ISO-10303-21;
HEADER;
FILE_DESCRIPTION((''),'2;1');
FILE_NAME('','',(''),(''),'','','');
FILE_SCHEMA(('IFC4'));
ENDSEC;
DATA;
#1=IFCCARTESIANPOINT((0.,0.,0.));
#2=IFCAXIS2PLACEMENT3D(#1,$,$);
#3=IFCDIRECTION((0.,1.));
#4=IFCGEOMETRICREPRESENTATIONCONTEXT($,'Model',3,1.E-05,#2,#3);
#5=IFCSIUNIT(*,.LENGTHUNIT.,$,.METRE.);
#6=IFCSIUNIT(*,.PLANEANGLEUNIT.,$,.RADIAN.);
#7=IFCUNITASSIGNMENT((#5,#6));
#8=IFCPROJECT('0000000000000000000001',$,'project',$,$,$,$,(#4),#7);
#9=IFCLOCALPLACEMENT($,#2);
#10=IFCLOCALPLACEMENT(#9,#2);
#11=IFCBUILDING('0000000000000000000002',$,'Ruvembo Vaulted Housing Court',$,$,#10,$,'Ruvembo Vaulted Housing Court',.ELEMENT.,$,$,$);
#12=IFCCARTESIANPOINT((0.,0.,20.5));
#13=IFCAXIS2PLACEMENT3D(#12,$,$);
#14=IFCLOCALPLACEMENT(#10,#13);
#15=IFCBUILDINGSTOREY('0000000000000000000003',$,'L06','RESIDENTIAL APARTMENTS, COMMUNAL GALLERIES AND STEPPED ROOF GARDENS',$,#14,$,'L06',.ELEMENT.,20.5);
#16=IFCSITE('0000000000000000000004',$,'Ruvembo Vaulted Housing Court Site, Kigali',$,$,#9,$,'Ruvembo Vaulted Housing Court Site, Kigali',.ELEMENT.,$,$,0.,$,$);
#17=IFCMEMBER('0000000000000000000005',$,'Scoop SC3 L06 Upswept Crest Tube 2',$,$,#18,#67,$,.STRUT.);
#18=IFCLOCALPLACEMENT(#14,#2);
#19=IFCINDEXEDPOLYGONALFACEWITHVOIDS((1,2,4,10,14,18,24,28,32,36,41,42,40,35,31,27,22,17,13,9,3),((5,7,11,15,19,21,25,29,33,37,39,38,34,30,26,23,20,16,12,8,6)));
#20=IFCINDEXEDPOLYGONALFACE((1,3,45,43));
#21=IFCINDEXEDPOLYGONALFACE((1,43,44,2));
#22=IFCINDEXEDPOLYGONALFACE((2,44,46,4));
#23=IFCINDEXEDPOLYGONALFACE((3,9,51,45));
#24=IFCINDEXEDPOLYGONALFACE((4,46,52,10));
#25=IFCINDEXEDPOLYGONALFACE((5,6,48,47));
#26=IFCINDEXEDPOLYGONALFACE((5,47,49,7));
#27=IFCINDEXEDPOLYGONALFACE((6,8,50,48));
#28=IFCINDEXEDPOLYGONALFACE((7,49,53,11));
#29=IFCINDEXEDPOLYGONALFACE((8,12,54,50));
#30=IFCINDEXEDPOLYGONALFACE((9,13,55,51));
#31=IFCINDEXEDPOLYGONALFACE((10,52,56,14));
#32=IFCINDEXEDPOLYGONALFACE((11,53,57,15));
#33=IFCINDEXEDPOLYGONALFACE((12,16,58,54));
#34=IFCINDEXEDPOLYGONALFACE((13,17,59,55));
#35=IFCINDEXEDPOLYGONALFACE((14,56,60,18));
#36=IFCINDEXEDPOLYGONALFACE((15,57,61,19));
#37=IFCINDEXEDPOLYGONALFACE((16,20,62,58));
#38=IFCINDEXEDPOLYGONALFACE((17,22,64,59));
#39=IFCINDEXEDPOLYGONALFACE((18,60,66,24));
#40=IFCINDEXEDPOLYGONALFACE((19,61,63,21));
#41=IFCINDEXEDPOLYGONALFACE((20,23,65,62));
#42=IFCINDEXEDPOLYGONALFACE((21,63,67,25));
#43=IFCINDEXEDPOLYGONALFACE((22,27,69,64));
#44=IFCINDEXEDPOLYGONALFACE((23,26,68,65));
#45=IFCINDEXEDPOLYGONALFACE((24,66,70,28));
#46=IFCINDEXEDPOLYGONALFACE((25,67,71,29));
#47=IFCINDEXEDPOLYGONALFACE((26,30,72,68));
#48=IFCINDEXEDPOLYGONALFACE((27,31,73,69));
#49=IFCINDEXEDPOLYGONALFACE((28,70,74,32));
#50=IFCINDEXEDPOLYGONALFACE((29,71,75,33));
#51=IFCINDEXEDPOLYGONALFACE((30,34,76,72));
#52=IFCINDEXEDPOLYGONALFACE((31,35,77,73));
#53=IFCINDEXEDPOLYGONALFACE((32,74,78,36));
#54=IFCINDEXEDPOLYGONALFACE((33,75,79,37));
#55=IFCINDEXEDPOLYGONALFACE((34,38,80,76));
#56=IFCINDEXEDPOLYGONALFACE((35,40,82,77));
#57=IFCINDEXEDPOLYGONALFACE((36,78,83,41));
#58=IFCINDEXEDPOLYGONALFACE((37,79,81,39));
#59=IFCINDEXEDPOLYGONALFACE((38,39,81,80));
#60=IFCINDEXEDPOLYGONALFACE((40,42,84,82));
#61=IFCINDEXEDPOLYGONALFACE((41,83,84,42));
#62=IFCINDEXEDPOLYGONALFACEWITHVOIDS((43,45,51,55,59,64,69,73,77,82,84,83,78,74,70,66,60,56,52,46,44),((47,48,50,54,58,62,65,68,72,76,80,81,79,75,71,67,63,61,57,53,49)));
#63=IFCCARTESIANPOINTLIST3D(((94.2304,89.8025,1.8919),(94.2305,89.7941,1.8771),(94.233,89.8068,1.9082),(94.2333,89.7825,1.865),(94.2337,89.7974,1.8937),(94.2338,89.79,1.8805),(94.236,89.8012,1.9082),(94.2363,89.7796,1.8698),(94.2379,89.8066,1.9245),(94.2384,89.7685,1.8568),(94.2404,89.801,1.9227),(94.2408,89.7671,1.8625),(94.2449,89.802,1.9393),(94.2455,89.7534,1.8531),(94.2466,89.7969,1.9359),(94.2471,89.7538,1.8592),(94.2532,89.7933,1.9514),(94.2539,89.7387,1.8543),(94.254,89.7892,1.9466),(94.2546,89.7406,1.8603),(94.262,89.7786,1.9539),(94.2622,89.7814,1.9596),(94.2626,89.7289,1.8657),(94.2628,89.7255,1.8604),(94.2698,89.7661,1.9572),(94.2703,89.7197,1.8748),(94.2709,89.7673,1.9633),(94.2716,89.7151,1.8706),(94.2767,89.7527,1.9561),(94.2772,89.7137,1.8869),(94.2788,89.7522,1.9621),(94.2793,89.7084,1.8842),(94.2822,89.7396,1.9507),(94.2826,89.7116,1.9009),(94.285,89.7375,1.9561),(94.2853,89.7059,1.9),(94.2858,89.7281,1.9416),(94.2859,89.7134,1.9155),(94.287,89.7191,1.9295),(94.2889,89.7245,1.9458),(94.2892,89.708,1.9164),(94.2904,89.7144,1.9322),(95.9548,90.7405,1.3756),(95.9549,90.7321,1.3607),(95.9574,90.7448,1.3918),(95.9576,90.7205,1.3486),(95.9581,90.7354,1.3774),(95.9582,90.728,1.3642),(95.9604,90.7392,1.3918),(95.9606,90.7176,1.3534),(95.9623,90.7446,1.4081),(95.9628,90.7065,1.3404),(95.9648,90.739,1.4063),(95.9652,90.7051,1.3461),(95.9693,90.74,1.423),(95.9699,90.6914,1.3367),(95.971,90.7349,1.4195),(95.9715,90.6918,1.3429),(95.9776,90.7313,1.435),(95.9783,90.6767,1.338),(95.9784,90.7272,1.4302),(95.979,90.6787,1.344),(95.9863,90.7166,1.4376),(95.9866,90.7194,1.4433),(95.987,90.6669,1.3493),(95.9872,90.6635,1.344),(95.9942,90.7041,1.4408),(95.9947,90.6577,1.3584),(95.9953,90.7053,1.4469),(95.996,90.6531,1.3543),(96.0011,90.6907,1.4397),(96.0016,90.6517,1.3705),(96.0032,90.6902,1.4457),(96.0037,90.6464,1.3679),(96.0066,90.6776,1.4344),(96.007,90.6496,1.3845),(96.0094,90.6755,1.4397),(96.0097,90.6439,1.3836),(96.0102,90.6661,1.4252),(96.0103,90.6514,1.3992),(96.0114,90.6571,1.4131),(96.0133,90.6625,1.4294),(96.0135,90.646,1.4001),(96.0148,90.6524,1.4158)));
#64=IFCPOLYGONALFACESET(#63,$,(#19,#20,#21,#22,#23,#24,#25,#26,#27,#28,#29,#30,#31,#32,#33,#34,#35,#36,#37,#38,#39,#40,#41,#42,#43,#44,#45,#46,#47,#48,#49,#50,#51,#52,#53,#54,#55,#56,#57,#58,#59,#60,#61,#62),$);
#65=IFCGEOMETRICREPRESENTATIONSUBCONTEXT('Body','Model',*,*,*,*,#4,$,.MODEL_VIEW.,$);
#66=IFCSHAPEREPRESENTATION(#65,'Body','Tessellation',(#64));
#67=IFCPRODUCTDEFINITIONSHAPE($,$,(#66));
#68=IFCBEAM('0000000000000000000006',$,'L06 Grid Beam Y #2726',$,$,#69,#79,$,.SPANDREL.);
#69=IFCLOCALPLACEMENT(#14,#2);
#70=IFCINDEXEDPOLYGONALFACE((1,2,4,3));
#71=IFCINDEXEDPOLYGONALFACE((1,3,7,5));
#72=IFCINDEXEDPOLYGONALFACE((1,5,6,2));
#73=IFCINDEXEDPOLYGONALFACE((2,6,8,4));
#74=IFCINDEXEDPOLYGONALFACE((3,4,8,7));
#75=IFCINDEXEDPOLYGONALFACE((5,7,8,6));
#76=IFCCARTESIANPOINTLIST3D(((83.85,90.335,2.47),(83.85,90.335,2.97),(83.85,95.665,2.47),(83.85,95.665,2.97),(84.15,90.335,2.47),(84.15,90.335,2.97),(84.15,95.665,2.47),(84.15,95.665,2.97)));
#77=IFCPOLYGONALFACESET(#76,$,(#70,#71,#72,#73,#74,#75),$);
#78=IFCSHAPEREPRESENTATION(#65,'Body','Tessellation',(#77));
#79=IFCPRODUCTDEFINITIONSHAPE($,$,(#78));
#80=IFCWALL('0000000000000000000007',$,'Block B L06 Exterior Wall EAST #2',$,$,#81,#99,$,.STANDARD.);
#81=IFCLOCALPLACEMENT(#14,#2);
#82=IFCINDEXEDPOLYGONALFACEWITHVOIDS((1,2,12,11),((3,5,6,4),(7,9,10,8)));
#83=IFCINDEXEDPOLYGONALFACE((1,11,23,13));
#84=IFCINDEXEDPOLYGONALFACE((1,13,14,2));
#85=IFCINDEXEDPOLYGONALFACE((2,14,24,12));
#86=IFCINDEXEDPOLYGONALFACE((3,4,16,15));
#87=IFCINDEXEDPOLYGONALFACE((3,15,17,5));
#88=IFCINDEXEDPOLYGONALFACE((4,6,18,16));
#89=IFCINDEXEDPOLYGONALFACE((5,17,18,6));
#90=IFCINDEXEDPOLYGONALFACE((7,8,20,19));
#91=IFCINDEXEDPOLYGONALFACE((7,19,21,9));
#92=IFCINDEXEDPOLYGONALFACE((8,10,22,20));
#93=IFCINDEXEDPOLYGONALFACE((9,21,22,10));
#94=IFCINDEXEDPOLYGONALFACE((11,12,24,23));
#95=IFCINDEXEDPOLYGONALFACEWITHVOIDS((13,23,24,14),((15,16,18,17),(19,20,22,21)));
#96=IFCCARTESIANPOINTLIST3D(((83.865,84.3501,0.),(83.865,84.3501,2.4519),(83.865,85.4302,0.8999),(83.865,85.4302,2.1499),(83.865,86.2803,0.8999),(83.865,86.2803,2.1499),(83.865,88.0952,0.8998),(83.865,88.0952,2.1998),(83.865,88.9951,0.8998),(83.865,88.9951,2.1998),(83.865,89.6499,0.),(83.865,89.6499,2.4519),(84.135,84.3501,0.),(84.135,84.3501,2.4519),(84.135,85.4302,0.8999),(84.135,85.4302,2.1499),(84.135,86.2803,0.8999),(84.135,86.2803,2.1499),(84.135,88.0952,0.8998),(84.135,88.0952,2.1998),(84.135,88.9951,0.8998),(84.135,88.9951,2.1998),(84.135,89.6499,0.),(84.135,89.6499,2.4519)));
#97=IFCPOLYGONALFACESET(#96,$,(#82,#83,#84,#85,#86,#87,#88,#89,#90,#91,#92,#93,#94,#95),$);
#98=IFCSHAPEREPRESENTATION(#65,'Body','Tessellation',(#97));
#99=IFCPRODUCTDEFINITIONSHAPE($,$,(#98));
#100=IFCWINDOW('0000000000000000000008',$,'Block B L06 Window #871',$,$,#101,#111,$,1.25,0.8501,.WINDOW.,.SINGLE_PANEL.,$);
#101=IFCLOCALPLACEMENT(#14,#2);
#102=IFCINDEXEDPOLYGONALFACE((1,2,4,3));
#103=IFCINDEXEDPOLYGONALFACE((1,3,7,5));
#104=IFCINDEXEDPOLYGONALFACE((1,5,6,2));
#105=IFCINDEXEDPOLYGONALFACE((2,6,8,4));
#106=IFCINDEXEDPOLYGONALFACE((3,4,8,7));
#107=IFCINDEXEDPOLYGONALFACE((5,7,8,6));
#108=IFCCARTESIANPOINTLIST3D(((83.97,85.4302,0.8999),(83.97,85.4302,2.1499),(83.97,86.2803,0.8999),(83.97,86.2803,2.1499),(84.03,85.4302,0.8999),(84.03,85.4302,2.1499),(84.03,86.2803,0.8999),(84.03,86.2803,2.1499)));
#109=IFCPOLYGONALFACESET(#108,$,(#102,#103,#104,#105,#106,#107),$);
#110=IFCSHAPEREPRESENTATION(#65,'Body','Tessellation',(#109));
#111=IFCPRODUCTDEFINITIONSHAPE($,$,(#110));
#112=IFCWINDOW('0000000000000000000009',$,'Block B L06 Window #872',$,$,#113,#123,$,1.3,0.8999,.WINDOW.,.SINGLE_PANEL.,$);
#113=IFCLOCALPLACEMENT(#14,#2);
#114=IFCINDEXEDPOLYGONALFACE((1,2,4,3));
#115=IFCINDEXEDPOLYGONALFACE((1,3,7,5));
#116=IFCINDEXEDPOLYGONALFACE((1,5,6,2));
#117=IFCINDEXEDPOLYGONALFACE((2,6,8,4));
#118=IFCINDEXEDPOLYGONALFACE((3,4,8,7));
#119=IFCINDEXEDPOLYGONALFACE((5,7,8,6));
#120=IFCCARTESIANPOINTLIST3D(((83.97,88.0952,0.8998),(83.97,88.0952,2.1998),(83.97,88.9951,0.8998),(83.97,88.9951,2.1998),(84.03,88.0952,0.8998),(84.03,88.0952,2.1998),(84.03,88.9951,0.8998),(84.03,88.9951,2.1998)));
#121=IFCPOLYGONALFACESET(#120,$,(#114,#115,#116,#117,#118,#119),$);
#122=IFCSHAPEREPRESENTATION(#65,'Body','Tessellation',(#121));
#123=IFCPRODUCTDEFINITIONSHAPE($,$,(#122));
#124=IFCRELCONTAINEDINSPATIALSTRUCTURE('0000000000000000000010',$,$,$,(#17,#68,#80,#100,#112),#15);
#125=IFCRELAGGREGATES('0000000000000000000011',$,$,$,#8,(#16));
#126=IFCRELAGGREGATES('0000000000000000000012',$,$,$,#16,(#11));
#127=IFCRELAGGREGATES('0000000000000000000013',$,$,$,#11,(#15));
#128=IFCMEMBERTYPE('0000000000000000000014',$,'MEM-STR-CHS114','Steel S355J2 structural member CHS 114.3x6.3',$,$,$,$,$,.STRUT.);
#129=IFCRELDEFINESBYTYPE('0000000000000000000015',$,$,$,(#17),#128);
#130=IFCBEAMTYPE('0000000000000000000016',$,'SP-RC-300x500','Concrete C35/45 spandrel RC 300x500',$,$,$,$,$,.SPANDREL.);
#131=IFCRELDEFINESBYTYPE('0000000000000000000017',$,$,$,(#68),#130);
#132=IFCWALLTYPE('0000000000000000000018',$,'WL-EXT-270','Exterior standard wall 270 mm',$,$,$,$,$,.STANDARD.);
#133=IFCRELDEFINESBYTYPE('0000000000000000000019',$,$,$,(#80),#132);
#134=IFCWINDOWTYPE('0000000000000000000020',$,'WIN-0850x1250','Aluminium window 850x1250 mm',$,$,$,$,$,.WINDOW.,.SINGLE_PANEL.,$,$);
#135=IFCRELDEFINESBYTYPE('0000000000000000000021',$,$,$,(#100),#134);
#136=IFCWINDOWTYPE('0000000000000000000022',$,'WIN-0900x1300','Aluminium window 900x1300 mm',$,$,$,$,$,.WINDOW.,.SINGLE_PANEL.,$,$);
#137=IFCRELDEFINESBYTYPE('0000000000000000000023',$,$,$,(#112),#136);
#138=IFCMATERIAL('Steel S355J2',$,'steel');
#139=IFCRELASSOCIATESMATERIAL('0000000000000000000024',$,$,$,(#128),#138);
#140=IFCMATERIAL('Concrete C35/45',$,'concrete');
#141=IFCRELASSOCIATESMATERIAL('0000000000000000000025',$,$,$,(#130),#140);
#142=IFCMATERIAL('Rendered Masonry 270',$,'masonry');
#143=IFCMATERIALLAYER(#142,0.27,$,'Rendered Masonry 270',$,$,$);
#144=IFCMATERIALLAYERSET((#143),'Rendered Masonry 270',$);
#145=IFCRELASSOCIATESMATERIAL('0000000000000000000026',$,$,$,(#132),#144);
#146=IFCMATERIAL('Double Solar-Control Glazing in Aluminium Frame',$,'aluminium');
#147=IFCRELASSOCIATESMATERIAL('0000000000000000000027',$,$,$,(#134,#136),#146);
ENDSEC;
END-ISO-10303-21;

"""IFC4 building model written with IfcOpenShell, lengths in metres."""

from ifc_helpers import new_model, si_unit, direction, frame, frame_2d, origin, origin_2d, place, context, subcontext, project, spatial, rectangle, hollow_circle, extrude, material, layer, layer_set, material_profile, profile_set, type_object, element, fill, save


model = new_model("IFC4")

# Units and contexts
model_context = context("Model", 3, precision=1e-05, world=origin(), true_north=direction((0.0, 1.0)))
body_context = subcontext(model_context, "Body", "Model", "MODEL_VIEW")
ifc_project = project(units=[si_unit("LENGTHUNIT", "METRE"), si_unit("PLANEANGLEUNIT", "RADIAN")], contexts=[model_context])

# Site, building, storey
site_placement = place(None, origin())
site = spatial("IfcSite", under=ifc_project, at=site_placement, Name="Ruvembo Vaulted Housing Court Site, Kigali", LongName="Ruvembo Vaulted Housing Court Site, Kigali", CompositionType="ELEMENT", RefElevation=0.0)
building_placement = place(site_placement, origin())
building = spatial("IfcBuilding", under=site, at=building_placement, Name="Ruvembo Vaulted Housing Court", LongName="Ruvembo Vaulted Housing Court", CompositionType="ELEMENT")
storey_placement = place(building_placement, frame((0.0, 0.0, 20.5)))
storey = spatial("IfcBuildingStorey", under=building, at=storey_placement, Name="L06", Description="RESIDENTIAL APARTMENTS, COMMUNAL GALLERIES AND STEPPED ROOF GARDENS", LongName="L06", CompositionType="ELEMENT", Elevation=20.5)

# Shared definitions
ifc_material_1 = material(Name="Concrete C35/45", Category="concrete")

# Member
ifc_material_2 = material(Name="Steel S355J2", Category="steel")
ifc_material_profile_1 = material_profile(ifc_material_2, hollow_circle(Radius=0.0571, WallThickness=0.0063, at=origin_2d()), Name="CHS 114.3x6.3")
ifc_profile_set_1 = profile_set([ifc_material_profile_1], Name="Steel S355J2")
member_type_1 = type_object("IfcMemberType", Name="MEM-STR-CHS114", Description="Steel S355J2 structural member CHS 114.3x6.3", PredefinedType="STRUT", material=ifc_profile_set_1)
for number, where, z_axis, x_axis, name in (
    (1, (94.2603, 89.7566, 1.9082), (0.849546, 0.46212, -0.254395), (-0.477841, 0.878446, 0.0), "Scoop SC3 L06 Upswept Crest Tube 2"),
):
    element("IfcMember", number, at=place(storey_placement, frame(where, z_axis=z_axis, x_axis=x_axis)), inside=storey, type_object=member_type_1, Name=name, PredefinedType="STRUT", context=body_context, shape_type="SweptSolid", body=[
        extrude(hollow_circle(Radius=0.0571, WallThickness=0.0063, at=origin_2d()), origin(), (0.0, 0.0, 1.0), 2.0298),
    ])

# Beam
ifc_material_profile_2 = material_profile(ifc_material_1, rectangle(XDim=0.3, YDim=0.5, at=origin_2d()), Name="RC 300x500")
ifc_profile_set_2 = profile_set([ifc_material_profile_2], Name="Concrete C35/45")
beam_type = type_object("IfcBeamType", Name="SP-RC-300x500", Description="Concrete C35/45 spandrel RC 300x500", PredefinedType="SPANDREL", material=ifc_profile_set_2)
beam_placement = place(storey_placement, frame((84.0, 90.335, 2.72), z_axis=(0.0, 1.0, 0.0), x_axis=(-1.0, 0.0, 0.0)))
element("IfcBeam", 2, at=beam_placement, inside=storey, type_object=beam_type, Name="L06 Grid Beam Y #2726", PredefinedType="SPANDREL", context=body_context, shape_type="SweptSolid", body=[
    extrude(rectangle(XDim=0.3, YDim=0.5, at=origin_2d()), origin(), (0.0, 0.0, 1.0), 5.3301),
])

# Wall, openings, windows
ifc_material_3 = material(Name="Rendered Masonry 270", Category="masonry")
ifc_layer_1 = layer(ifc_material_3, 0.27, Name="Rendered Masonry 270")
ifc_layer_set_1 = layer_set([ifc_layer_1], Name="Rendered Masonry 270")
wall_type_1 = type_object("IfcWallType", Name="WL-EXT-270", Description="Exterior standard wall 270 mm", PredefinedType="STANDARD", material=ifc_layer_set_1)
wall_1_placement = place(storey_placement, frame((84.0, 84.3501, 0.0), z_axis=(0.0, 0.0, 1.0), x_axis=(0.0, 1.0, 0.0)))
wall_1 = element("IfcWall", 3, at=wall_1_placement, inside=storey, type_object=wall_type_1, Name="Block B L06 Exterior Wall EAST #2", PredefinedType="STANDARD", context=body_context, shape_type="SweptSolid", body=[
    extrude(rectangle(XDim=5.2998, YDim=0.27, at=frame_2d((2.6499, 0.0))), origin(), (0.0, 0.0, 1.0), 2.4519),
])
opening_1_placement = place(wall_1_placement, frame((1.0801, 0.0, 0.8999)))
opening_1 = element("IfcOpeningElement", 4, at=opening_1_placement, cuts=wall_1, PredefinedType="OPENING", context=body_context, shape_type="SweptSolid", body=[
    extrude(rectangle(XDim=0.8501, YDim=1.25, at=frame_2d((0.425, 0.625))), frame((0.0, 0.145, 0.0), z_axis=(0.0, -1.0, 0.0), x_axis=(1.0, 0.0, 0.0)), (0.0, 0.0, 1.0), 0.29),
])
opening_2_placement = place(wall_1_placement, frame((3.7451, 0.0, 0.8999)))
opening_2 = element("IfcOpeningElement", 5, at=opening_2_placement, cuts=wall_1, PredefinedType="OPENING", context=body_context, shape_type="SweptSolid", body=[
    extrude(rectangle(XDim=0.8999, YDim=1.3, at=frame_2d((0.45, 0.6499))), frame((0.0, 0.145, 0.0), z_axis=(0.0, -1.0, 0.0), x_axis=(1.0, 0.0, 0.0)), (0.0, 0.0, 1.0), 0.29),
])
ifc_material_4 = material(Name="Double Solar-Control Glazing in Aluminium Frame", Category="aluminium")
window_type_1 = type_object("IfcWindowType", Name="WIN-0850x1250", Description="Aluminium window 850x1250 mm", PartitioningType="SINGLE_PANEL", PredefinedType="WINDOW", material=ifc_material_4)
window_1_placement = place(opening_1_placement, origin())
window_1 = element("IfcWindow", 6, at=window_1_placement, inside=storey, type_object=window_type_1, Name="Block B L06 Window #871", OverallHeight=1.25, OverallWidth=0.8501, PartitioningType="SINGLE_PANEL", PredefinedType="WINDOW", context=body_context, shape_type="SweptSolid", body=[
    extrude(rectangle(XDim=0.8501, YDim=1.25, at=frame_2d((0.425, 0.625))), frame((0.0, 0.03, 0.0), z_axis=(0.0, -1.0, 0.0), x_axis=(1.0, 0.0, 0.0)), (0.0, 0.0, 1.0), 0.0601),
])
fill(opening_1, window_1)
window_type_2 = type_object("IfcWindowType", Name="WIN-0900x1300", Description="Aluminium window 900x1300 mm", PartitioningType="SINGLE_PANEL", PredefinedType="WINDOW", material=ifc_material_4)
window_2_placement = place(opening_2_placement, origin())
window_2 = element("IfcWindow", 7, at=window_2_placement, inside=storey, type_object=window_type_2, Name="Block B L06 Window #872", OverallHeight=1.3, OverallWidth=0.8999, PartitioningType="SINGLE_PANEL", PredefinedType="WINDOW", context=body_context, shape_type="SweptSolid", body=[
    extrude(rectangle(XDim=0.8999, YDim=1.3, at=frame_2d((0.45, 0.6499))), frame((0.0, 0.03, 0.0), z_axis=(0.0, -1.0, 0.0), x_axis=(1.0, 0.0, 0.0)), (0.0, 0.0, 1.0), 0.0601),
])
fill(opening_2, window_2)

save(model, "model.ifc")
